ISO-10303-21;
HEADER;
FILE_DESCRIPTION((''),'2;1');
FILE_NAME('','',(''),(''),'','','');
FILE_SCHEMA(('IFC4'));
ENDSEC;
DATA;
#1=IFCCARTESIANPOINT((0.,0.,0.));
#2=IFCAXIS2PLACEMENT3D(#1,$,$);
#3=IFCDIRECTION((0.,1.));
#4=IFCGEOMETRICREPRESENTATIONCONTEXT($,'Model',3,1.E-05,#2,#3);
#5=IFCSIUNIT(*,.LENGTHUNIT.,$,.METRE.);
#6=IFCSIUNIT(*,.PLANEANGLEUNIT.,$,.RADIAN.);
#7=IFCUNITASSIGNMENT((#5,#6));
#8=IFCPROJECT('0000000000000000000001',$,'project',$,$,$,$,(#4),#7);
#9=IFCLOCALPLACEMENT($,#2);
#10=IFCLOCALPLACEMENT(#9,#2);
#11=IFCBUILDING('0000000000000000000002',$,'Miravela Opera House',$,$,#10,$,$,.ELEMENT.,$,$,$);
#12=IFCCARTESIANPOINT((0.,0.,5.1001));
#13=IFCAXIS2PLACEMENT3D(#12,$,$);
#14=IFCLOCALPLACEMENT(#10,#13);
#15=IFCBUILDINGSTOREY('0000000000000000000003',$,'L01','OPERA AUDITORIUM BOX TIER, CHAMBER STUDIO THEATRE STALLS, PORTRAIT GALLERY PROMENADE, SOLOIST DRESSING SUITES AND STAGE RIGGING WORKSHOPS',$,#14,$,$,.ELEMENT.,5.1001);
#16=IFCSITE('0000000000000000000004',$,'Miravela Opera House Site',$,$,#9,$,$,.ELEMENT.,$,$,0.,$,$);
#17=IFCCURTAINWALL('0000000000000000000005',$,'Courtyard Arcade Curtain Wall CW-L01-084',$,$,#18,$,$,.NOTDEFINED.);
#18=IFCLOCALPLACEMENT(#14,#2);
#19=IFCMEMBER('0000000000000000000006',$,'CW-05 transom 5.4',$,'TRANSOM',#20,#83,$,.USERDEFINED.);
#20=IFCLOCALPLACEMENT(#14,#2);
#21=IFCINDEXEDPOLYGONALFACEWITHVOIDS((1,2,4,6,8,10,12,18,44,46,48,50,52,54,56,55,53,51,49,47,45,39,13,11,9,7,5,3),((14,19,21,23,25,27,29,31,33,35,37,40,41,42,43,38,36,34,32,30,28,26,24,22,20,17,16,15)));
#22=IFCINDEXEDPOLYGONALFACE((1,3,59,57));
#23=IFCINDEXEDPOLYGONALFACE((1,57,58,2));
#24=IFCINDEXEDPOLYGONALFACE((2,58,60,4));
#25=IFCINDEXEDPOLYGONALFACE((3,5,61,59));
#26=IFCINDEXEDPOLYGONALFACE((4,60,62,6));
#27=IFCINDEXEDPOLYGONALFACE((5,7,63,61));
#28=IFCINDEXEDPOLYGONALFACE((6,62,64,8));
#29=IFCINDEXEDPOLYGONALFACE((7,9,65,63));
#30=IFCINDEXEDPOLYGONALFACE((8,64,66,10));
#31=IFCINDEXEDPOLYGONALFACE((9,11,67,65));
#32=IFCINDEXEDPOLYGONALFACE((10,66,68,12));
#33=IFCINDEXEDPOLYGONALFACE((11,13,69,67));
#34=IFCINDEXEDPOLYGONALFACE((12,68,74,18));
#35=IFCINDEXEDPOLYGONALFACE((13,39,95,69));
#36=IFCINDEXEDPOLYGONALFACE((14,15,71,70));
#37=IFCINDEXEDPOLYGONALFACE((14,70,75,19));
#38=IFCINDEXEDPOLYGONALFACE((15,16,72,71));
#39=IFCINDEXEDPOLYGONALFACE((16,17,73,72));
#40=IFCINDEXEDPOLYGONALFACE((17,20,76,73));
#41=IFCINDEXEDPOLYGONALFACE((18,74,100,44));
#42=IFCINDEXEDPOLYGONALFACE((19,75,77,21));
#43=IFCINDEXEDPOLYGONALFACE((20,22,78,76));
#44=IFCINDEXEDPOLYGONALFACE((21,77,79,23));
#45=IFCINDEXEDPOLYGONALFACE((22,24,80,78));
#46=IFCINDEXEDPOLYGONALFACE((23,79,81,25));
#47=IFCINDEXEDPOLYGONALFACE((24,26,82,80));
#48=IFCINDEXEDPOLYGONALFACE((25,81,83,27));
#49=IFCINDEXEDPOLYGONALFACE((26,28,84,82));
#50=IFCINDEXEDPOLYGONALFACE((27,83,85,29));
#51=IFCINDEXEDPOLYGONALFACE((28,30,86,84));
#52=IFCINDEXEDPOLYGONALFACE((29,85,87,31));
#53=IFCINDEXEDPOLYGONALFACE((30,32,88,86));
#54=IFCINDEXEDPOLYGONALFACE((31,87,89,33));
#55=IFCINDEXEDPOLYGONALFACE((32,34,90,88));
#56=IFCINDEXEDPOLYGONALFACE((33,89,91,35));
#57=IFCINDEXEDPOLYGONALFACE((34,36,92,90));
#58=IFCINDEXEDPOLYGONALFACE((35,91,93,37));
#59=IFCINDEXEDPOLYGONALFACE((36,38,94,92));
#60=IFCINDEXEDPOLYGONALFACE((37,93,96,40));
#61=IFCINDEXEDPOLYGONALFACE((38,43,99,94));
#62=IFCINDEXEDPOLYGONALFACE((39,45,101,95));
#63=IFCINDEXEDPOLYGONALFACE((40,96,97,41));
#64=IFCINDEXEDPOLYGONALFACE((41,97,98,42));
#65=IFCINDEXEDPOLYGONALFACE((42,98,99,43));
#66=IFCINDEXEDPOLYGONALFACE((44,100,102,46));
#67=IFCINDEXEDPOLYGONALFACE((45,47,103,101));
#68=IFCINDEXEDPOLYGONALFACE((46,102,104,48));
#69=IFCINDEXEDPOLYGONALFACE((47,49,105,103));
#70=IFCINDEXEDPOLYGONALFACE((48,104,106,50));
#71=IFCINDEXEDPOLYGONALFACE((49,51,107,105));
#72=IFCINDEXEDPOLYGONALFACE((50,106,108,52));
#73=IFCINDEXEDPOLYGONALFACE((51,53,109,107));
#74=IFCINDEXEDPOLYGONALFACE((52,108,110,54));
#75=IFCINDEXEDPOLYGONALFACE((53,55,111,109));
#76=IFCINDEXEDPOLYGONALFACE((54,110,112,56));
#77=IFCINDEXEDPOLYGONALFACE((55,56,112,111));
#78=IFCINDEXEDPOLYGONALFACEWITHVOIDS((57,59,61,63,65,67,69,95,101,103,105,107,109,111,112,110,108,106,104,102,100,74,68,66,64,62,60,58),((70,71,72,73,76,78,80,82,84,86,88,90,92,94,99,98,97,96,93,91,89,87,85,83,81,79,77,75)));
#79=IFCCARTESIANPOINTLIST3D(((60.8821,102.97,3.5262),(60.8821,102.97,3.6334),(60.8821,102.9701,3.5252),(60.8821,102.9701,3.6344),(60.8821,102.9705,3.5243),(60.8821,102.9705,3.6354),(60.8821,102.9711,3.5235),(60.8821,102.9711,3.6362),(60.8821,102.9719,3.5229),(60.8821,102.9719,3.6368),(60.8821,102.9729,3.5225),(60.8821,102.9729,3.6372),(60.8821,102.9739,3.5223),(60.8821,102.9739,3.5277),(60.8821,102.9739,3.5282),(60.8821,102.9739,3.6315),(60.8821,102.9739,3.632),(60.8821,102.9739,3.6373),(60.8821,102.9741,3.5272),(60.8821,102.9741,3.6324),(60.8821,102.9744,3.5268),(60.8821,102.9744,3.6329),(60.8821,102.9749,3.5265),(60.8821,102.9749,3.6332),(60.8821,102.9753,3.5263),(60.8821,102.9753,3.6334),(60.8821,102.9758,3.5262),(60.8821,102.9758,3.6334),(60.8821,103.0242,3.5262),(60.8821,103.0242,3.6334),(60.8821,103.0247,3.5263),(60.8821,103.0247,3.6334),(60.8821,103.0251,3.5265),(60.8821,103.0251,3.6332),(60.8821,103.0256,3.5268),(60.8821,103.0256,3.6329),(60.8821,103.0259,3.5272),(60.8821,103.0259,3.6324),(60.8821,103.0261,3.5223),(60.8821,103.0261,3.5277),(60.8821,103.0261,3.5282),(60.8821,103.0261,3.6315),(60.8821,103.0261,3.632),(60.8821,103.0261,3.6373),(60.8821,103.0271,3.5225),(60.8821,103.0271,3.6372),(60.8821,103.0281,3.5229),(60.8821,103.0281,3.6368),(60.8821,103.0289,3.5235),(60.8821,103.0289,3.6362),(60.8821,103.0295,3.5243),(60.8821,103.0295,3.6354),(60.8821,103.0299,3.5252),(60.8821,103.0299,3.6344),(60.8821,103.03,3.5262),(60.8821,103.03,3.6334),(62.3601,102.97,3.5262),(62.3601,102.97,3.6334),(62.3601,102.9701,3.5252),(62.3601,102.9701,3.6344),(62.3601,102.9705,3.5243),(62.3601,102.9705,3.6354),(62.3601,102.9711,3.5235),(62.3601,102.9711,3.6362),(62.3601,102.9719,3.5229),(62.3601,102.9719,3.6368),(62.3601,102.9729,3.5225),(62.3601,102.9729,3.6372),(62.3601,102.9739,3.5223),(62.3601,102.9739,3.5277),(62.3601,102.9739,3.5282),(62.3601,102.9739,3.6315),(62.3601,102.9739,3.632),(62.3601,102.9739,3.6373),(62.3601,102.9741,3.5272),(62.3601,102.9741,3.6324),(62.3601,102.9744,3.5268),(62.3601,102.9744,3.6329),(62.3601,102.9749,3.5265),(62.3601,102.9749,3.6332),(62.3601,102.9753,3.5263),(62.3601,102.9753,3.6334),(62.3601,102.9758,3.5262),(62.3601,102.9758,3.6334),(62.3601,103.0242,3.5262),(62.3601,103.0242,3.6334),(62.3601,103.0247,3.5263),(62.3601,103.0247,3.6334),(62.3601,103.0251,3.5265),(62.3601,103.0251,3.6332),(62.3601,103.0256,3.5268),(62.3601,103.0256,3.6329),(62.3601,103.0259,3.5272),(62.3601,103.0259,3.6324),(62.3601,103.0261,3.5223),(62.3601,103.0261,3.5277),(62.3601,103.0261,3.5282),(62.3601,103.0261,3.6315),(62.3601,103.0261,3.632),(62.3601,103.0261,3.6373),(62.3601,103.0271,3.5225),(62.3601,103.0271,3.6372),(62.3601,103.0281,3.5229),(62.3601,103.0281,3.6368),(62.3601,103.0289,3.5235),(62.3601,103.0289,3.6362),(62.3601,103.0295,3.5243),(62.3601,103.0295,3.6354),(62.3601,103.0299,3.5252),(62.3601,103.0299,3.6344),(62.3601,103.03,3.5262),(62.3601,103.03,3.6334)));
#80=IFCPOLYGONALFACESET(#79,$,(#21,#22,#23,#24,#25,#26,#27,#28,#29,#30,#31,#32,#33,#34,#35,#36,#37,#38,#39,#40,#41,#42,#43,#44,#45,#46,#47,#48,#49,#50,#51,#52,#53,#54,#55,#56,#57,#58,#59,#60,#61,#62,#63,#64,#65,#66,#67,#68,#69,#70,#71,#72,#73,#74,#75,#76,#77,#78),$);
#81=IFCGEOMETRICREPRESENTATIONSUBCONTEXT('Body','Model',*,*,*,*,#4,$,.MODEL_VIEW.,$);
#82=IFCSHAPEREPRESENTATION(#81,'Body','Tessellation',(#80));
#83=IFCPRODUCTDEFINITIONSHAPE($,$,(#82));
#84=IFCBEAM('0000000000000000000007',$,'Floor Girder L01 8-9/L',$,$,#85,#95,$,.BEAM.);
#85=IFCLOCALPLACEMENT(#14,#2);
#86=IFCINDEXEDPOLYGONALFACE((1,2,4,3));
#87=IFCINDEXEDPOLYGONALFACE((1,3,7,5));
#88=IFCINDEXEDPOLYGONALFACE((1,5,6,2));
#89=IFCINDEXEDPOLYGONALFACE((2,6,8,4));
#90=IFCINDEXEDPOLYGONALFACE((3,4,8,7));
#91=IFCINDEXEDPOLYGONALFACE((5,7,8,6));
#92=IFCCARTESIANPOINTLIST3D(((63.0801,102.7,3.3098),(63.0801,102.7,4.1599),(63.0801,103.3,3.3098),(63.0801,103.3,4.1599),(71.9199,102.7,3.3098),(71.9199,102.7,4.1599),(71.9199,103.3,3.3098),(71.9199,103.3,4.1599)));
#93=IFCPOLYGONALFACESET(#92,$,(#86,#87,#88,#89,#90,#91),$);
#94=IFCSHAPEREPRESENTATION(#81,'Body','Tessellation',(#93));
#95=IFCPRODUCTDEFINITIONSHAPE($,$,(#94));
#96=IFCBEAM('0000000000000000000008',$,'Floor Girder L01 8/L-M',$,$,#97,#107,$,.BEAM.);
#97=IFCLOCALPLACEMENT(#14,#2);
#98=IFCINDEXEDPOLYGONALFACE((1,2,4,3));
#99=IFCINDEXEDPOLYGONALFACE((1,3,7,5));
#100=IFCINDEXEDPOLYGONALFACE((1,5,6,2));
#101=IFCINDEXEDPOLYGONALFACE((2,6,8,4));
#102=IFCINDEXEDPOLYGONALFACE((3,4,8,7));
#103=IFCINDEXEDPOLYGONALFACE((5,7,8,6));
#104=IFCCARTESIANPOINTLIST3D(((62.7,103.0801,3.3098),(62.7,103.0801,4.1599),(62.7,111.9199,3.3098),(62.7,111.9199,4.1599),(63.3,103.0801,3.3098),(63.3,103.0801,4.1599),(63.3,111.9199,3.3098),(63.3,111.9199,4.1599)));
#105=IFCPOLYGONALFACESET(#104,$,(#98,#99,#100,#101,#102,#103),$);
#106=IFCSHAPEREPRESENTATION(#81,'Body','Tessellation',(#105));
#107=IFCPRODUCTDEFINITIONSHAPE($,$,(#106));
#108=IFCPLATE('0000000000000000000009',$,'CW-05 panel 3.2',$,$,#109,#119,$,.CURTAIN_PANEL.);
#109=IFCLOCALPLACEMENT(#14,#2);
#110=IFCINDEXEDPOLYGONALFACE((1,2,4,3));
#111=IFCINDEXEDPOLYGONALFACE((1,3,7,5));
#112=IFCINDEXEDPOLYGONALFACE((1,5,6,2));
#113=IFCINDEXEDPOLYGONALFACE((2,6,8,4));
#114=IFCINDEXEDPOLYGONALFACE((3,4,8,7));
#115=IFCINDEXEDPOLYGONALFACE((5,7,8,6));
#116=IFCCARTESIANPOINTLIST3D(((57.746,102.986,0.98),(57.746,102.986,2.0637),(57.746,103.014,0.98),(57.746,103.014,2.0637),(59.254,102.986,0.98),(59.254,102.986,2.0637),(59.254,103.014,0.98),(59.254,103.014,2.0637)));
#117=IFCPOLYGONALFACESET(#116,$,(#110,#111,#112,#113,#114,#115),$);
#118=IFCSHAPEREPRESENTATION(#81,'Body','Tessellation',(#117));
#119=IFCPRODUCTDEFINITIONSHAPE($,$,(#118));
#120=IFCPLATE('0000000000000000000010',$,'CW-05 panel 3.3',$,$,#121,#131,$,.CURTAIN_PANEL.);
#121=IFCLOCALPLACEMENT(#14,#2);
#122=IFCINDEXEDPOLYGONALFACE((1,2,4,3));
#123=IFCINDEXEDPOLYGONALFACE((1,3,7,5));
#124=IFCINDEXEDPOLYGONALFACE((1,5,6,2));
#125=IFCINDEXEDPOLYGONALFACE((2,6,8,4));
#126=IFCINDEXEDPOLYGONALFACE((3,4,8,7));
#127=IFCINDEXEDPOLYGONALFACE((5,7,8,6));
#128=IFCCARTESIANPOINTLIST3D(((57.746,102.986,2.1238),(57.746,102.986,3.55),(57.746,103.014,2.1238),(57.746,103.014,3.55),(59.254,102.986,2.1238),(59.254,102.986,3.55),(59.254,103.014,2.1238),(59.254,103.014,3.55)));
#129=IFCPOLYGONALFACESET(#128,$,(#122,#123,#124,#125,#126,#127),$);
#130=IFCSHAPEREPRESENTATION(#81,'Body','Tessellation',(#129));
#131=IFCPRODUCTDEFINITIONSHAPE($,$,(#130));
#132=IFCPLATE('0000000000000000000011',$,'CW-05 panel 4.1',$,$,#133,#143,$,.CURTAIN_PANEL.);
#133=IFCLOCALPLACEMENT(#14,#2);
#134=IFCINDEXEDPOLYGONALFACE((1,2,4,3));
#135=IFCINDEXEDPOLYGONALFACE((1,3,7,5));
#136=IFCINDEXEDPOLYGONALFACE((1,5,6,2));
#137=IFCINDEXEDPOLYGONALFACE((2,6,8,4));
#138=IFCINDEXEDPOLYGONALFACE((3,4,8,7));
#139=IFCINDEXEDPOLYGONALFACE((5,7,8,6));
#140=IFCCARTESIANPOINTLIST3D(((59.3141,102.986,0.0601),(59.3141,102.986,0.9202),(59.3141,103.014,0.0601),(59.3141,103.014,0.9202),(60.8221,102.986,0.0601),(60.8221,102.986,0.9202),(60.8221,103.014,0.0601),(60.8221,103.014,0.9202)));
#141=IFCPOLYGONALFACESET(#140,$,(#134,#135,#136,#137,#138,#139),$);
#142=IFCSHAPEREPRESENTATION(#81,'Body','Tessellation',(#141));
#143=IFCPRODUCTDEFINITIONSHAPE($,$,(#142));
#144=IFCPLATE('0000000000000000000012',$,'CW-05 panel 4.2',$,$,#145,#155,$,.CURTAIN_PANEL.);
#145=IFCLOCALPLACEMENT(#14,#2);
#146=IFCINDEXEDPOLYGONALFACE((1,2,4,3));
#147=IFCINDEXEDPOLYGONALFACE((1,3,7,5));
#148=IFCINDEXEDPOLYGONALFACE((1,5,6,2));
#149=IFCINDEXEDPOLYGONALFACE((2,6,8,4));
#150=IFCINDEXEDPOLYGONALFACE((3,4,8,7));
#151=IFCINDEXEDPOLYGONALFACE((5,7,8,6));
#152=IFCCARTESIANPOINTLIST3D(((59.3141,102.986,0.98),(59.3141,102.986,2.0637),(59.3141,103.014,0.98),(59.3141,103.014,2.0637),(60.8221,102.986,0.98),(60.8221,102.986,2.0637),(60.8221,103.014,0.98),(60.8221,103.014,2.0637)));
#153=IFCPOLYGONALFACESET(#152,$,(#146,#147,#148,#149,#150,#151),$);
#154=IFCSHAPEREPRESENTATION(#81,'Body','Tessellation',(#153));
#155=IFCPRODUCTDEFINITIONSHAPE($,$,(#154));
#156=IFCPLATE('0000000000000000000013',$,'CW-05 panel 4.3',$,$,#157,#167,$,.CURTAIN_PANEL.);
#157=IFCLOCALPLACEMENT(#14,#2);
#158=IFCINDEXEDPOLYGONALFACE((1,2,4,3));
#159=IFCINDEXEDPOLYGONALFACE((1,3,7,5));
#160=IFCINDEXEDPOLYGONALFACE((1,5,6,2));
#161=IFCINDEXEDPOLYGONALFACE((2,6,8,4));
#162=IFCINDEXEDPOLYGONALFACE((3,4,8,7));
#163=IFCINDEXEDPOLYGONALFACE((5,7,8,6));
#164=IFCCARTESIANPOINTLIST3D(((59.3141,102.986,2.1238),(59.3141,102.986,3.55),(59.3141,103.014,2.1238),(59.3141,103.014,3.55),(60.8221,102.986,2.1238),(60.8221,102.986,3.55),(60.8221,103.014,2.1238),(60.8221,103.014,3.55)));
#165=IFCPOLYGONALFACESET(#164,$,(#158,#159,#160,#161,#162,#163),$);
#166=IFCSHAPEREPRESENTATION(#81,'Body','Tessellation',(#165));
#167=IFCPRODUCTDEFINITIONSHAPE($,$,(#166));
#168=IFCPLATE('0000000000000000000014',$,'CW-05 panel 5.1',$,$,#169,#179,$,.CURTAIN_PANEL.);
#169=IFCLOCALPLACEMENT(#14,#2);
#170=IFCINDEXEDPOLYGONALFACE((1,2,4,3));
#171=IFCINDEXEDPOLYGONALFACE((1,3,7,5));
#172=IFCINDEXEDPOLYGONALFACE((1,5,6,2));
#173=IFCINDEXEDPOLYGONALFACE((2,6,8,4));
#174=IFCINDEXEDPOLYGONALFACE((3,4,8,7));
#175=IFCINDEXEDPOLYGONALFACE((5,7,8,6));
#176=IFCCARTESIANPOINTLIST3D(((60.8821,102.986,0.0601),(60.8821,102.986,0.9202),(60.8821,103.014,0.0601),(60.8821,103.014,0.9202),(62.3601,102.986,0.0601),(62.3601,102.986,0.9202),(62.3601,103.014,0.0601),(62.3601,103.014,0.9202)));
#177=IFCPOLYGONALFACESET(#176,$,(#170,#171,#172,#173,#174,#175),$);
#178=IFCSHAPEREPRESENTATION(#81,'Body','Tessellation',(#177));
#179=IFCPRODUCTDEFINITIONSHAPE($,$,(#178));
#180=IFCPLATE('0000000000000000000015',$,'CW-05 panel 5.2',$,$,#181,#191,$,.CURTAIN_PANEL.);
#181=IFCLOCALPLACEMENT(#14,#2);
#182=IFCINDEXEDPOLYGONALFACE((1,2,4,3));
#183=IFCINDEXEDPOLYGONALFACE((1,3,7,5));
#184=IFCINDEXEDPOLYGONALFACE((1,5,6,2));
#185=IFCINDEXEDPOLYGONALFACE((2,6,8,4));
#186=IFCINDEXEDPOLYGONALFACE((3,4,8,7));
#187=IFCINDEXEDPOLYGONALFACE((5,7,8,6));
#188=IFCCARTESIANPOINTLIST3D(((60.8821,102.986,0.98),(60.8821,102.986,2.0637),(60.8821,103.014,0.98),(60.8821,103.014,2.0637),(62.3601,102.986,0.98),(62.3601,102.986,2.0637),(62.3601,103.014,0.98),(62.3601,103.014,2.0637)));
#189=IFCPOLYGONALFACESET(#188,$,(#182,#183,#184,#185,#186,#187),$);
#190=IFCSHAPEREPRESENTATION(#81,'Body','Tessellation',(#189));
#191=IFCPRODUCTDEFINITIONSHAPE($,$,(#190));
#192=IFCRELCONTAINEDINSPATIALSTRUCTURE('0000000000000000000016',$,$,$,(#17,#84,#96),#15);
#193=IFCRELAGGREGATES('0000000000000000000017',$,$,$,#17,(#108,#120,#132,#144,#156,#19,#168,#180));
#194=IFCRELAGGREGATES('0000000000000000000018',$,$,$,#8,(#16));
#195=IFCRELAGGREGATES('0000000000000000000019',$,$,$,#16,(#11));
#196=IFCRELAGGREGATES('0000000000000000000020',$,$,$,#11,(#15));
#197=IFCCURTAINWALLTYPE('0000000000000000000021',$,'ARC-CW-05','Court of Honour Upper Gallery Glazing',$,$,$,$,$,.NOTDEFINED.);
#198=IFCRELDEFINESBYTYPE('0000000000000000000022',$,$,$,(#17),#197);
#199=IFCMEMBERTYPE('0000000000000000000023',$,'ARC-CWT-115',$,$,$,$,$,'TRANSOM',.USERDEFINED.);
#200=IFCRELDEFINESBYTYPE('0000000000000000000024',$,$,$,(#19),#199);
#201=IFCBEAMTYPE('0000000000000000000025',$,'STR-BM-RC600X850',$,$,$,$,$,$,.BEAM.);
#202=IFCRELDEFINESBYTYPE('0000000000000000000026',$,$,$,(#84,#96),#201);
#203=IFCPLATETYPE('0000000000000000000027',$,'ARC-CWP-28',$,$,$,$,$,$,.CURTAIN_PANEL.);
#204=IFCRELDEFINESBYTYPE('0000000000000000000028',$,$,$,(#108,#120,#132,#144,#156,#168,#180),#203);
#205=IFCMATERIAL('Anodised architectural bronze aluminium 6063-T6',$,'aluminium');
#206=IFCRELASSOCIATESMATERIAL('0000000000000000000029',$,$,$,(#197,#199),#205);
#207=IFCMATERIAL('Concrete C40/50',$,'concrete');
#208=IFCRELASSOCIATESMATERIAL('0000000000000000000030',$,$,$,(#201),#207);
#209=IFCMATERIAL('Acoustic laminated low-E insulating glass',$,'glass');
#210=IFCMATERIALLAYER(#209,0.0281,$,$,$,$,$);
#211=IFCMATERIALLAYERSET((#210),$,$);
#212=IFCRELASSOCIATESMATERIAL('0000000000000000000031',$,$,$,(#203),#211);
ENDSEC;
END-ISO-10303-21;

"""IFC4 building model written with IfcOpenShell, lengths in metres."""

from ifc_helpers import new_model, si_unit, direction, frame, origin, origin_2d, place, context, subcontext, project, spatial, rectangle, hollow_rectangle, extrude, material, layer, layer_set, material_profile, profile_set, type_object, element, aggregate, save


model = new_model("IFC4")

# Units and contexts
model_context = context("Model", 3, precision=1e-05, world=origin(), true_north=direction((0.0, 1.0)))
body_context = subcontext(model_context, "Body", "Model", "MODEL_VIEW")
ifc_project = project(units=[si_unit("LENGTHUNIT", "METRE"), si_unit("PLANEANGLEUNIT", "RADIAN")], contexts=[model_context])

# Site, building, storey
site_placement = place(None, origin())
site = spatial("IfcSite", under=ifc_project, at=site_placement, Name="Miravela Opera House Site", CompositionType="ELEMENT", RefElevation=0.0)
building_placement = place(site_placement, origin())
building = spatial("IfcBuilding", under=site, at=building_placement, Name="Miravela Opera House", CompositionType="ELEMENT")
storey_placement = place(building_placement, frame((0.0, 0.0, 5.1001)))
storey = spatial("IfcBuildingStorey", under=building, at=storey_placement, Name="L01", Description="OPERA AUDITORIUM BOX TIER, CHAMBER STUDIO THEATRE STALLS, PORTRAIT GALLERY PROMENADE, SOLOIST DRESSING SUITES AND STAGE RIGGING WORKSHOPS", CompositionType="ELEMENT", Elevation=5.1001)

# Curtain wall, member
ifc_material_1 = material(Name="Anodised architectural bronze aluminium 6063-T6", Category="aluminium")
curtain_wall_type = type_object("IfcCurtainWallType", Name="ARC-CW-05", Description="Court of Honour Upper Gallery Glazing", PredefinedType="NOTDEFINED", material=ifc_material_1)
curtain_wall_placement = place(storey_placement, origin())
curtain_wall = element("IfcCurtainWall", 1, at=curtain_wall_placement, inside=storey, type_object=curtain_wall_type, Name="Courtyard Arcade Curtain Wall CW-L01-084", PredefinedType="NOTDEFINED")
ifc_material_profile_1 = material_profile(ifc_material_1, hollow_rectangle(XDim=0.0601, YDim=0.115, WallThickness=0.0039, InnerFilletRadius=0.002, OuterFilletRadius=0.0039, at=origin_2d()), Name="CWT-60X115")
ifc_profile_set_1 = profile_set([ifc_material_profile_1])
member_type_1 = type_object("IfcMemberType", Name="ARC-CWT-115", ElementType="TRANSOM", PredefinedType="USERDEFINED", material=ifc_profile_set_1)
member_1_placement = place(storey_placement, frame((60.8821, 103.0, 3.5798), z_axis=(1.0, 0.0, 0.0), x_axis=(0.0, 1.0, 0.0)))
member_1 = element("IfcMember", 2, at=member_1_placement, type_object=member_type_1, Name="CW-05 transom 5.4", ObjectType="TRANSOM", PredefinedType="USERDEFINED", context=body_context, shape_type="SweptSolid", body=[
    extrude(hollow_rectangle(XDim=0.0601, YDim=0.115, WallThickness=0.0039, InnerFilletRadius=0.002, OuterFilletRadius=0.0039, at=origin_2d()), origin(), (0.0, 0.0, 1.0), 1.478),
])

# Beams
ifc_material_2 = material(Name="Concrete C40/50", Category="concrete")
ifc_material_profile_2 = material_profile(ifc_material_2, rectangle(XDim=0.6001, YDim=0.8501, at=origin_2d()), Name="RC-BM-600X850")
ifc_profile_set_2 = profile_set([ifc_material_profile_2])
beam_type = type_object("IfcBeamType", Name="STR-BM-RC600X850", PredefinedType="BEAM", material=ifc_profile_set_2)
for number, where, z_axis, x_axis, name in (
    (3, (63.0801, 103.0, 3.7349), (1.0, 0.0, 0.0), (0.0, 1.0, 0.0), "Floor Girder L01 8-9/L"),
    (4, (63.0, 103.0801, 3.7349), (0.0, 1.0, 0.0), (-1.0, 0.0, 0.0), "Floor Girder L01 8/L-M"),
):
    element("IfcBeam", number, at=place(storey_placement, frame(where, z_axis=z_axis, x_axis=x_axis)), inside=storey, type_object=beam_type, Name=name, PredefinedType="BEAM", context=body_context, shape_type="SweptSolid", body=[
        extrude(rectangle(XDim=0.6001, YDim=0.8501, at=origin_2d()), origin(), (0.0, 0.0, 1.0), 8.8398),
    ])

# Plates
ifc_material_3 = material(Name="Acoustic laminated low-E insulating glass", Category="glass")
ifc_layer_1 = layer(ifc_material_3, 0.0281)
ifc_layer_set_1 = layer_set([ifc_layer_1])
plate_type = type_object("IfcPlateType", Name="ARC-CWP-28", PredefinedType="CURTAIN_PANEL", material=ifc_layer_set_1)
plate_1_placement = place(storey_placement, frame((58.5, 103.0, 0.98), z_axis=(0.0, 0.0, 1.0), x_axis=(1.0, 0.0, 0.0)))
plate_1 = element("IfcPlate", 5, at=plate_1_placement, type_object=plate_type, Name="CW-05 panel 3.2", PredefinedType="CURTAIN_PANEL", context=body_context, shape_type="SweptSolid", body=[
    extrude(rectangle(XDim=1.5081, YDim=0.0281, at=origin_2d()), origin(), (0.0, 0.0, 1.0), 1.0837),
])
plate_2_placement = place(storey_placement, frame((58.5, 103.0, 2.1238), z_axis=(0.0, 0.0, 1.0), x_axis=(1.0, 0.0, 0.0)))
plate_2 = element("IfcPlate", 6, at=plate_2_placement, type_object=plate_type, Name="CW-05 panel 3.3", PredefinedType="CURTAIN_PANEL", context=body_context, shape_type="SweptSolid", body=[
    extrude(rectangle(XDim=1.5081, YDim=0.0281, at=origin_2d()), origin(), (0.0, 0.0, 1.0), 1.4263),
])
plate_3_placement = place(storey_placement, frame((60.0681, 103.0, 0.0601), z_axis=(0.0, 0.0, 1.0), x_axis=(1.0, 0.0, 0.0)))
plate_3 = element("IfcPlate", 7, at=plate_3_placement, type_object=plate_type, Name="CW-05 panel 4.1", PredefinedType="CURTAIN_PANEL", context=body_context, shape_type="SweptSolid", body=[
    extrude(rectangle(XDim=1.5081, YDim=0.0281, at=origin_2d()), origin(), (0.0, 0.0, 1.0), 0.8601),
])
plate_4_placement = place(storey_placement, frame((60.0681, 103.0, 0.98), z_axis=(0.0, 0.0, 1.0), x_axis=(1.0, 0.0, 0.0)))
plate_4 = element("IfcPlate", 8, at=plate_4_placement, type_object=plate_type, Name="CW-05 panel 4.2", PredefinedType="CURTAIN_PANEL", context=body_context, shape_type="SweptSolid", body=[
    extrude(rectangle(XDim=1.5081, YDim=0.0281, at=origin_2d()), origin(), (0.0, 0.0, 1.0), 1.0837),
])
plate_5_placement = place(storey_placement, frame((60.0681, 103.0, 2.1238), z_axis=(0.0, 0.0, 1.0), x_axis=(1.0, 0.0, 0.0)))
plate_5 = element("IfcPlate", 9, at=plate_5_placement, type_object=plate_type, Name="CW-05 panel 4.3", PredefinedType="CURTAIN_PANEL", context=body_context, shape_type="SweptSolid", body=[
    extrude(rectangle(XDim=1.5081, YDim=0.0281, at=origin_2d()), origin(), (0.0, 0.0, 1.0), 1.4263),
])
plate_6_placement = place(storey_placement, frame((61.6211, 103.0, 0.0601), z_axis=(0.0, 0.0, 1.0), x_axis=(1.0, 0.0, 0.0)))
plate_6 = element("IfcPlate", 10, at=plate_6_placement, type_object=plate_type, Name="CW-05 panel 5.1", PredefinedType="CURTAIN_PANEL", context=body_context, shape_type="SweptSolid", body=[
    extrude(rectangle(XDim=1.478, YDim=0.0281, at=origin_2d()), origin(), (0.0, 0.0, 1.0), 0.8601),
])
plate_7_placement = place(storey_placement, frame((61.6211, 103.0, 0.98), z_axis=(0.0, 0.0, 1.0), x_axis=(1.0, 0.0, 0.0)))
plate_7 = element("IfcPlate", 11, at=plate_7_placement, type_object=plate_type, Name="CW-05 panel 5.2", PredefinedType="CURTAIN_PANEL", context=body_context, shape_type="SweptSolid", body=[
    extrude(rectangle(XDim=1.478, YDim=0.0281, at=origin_2d()), origin(), (0.0, 0.0, 1.0), 1.0837),
])
aggregate(curtain_wall, [plate_1, plate_2, plate_3, plate_4, plate_5, member_1, plate_6, plate_7])

save(model, "model.ifc")
